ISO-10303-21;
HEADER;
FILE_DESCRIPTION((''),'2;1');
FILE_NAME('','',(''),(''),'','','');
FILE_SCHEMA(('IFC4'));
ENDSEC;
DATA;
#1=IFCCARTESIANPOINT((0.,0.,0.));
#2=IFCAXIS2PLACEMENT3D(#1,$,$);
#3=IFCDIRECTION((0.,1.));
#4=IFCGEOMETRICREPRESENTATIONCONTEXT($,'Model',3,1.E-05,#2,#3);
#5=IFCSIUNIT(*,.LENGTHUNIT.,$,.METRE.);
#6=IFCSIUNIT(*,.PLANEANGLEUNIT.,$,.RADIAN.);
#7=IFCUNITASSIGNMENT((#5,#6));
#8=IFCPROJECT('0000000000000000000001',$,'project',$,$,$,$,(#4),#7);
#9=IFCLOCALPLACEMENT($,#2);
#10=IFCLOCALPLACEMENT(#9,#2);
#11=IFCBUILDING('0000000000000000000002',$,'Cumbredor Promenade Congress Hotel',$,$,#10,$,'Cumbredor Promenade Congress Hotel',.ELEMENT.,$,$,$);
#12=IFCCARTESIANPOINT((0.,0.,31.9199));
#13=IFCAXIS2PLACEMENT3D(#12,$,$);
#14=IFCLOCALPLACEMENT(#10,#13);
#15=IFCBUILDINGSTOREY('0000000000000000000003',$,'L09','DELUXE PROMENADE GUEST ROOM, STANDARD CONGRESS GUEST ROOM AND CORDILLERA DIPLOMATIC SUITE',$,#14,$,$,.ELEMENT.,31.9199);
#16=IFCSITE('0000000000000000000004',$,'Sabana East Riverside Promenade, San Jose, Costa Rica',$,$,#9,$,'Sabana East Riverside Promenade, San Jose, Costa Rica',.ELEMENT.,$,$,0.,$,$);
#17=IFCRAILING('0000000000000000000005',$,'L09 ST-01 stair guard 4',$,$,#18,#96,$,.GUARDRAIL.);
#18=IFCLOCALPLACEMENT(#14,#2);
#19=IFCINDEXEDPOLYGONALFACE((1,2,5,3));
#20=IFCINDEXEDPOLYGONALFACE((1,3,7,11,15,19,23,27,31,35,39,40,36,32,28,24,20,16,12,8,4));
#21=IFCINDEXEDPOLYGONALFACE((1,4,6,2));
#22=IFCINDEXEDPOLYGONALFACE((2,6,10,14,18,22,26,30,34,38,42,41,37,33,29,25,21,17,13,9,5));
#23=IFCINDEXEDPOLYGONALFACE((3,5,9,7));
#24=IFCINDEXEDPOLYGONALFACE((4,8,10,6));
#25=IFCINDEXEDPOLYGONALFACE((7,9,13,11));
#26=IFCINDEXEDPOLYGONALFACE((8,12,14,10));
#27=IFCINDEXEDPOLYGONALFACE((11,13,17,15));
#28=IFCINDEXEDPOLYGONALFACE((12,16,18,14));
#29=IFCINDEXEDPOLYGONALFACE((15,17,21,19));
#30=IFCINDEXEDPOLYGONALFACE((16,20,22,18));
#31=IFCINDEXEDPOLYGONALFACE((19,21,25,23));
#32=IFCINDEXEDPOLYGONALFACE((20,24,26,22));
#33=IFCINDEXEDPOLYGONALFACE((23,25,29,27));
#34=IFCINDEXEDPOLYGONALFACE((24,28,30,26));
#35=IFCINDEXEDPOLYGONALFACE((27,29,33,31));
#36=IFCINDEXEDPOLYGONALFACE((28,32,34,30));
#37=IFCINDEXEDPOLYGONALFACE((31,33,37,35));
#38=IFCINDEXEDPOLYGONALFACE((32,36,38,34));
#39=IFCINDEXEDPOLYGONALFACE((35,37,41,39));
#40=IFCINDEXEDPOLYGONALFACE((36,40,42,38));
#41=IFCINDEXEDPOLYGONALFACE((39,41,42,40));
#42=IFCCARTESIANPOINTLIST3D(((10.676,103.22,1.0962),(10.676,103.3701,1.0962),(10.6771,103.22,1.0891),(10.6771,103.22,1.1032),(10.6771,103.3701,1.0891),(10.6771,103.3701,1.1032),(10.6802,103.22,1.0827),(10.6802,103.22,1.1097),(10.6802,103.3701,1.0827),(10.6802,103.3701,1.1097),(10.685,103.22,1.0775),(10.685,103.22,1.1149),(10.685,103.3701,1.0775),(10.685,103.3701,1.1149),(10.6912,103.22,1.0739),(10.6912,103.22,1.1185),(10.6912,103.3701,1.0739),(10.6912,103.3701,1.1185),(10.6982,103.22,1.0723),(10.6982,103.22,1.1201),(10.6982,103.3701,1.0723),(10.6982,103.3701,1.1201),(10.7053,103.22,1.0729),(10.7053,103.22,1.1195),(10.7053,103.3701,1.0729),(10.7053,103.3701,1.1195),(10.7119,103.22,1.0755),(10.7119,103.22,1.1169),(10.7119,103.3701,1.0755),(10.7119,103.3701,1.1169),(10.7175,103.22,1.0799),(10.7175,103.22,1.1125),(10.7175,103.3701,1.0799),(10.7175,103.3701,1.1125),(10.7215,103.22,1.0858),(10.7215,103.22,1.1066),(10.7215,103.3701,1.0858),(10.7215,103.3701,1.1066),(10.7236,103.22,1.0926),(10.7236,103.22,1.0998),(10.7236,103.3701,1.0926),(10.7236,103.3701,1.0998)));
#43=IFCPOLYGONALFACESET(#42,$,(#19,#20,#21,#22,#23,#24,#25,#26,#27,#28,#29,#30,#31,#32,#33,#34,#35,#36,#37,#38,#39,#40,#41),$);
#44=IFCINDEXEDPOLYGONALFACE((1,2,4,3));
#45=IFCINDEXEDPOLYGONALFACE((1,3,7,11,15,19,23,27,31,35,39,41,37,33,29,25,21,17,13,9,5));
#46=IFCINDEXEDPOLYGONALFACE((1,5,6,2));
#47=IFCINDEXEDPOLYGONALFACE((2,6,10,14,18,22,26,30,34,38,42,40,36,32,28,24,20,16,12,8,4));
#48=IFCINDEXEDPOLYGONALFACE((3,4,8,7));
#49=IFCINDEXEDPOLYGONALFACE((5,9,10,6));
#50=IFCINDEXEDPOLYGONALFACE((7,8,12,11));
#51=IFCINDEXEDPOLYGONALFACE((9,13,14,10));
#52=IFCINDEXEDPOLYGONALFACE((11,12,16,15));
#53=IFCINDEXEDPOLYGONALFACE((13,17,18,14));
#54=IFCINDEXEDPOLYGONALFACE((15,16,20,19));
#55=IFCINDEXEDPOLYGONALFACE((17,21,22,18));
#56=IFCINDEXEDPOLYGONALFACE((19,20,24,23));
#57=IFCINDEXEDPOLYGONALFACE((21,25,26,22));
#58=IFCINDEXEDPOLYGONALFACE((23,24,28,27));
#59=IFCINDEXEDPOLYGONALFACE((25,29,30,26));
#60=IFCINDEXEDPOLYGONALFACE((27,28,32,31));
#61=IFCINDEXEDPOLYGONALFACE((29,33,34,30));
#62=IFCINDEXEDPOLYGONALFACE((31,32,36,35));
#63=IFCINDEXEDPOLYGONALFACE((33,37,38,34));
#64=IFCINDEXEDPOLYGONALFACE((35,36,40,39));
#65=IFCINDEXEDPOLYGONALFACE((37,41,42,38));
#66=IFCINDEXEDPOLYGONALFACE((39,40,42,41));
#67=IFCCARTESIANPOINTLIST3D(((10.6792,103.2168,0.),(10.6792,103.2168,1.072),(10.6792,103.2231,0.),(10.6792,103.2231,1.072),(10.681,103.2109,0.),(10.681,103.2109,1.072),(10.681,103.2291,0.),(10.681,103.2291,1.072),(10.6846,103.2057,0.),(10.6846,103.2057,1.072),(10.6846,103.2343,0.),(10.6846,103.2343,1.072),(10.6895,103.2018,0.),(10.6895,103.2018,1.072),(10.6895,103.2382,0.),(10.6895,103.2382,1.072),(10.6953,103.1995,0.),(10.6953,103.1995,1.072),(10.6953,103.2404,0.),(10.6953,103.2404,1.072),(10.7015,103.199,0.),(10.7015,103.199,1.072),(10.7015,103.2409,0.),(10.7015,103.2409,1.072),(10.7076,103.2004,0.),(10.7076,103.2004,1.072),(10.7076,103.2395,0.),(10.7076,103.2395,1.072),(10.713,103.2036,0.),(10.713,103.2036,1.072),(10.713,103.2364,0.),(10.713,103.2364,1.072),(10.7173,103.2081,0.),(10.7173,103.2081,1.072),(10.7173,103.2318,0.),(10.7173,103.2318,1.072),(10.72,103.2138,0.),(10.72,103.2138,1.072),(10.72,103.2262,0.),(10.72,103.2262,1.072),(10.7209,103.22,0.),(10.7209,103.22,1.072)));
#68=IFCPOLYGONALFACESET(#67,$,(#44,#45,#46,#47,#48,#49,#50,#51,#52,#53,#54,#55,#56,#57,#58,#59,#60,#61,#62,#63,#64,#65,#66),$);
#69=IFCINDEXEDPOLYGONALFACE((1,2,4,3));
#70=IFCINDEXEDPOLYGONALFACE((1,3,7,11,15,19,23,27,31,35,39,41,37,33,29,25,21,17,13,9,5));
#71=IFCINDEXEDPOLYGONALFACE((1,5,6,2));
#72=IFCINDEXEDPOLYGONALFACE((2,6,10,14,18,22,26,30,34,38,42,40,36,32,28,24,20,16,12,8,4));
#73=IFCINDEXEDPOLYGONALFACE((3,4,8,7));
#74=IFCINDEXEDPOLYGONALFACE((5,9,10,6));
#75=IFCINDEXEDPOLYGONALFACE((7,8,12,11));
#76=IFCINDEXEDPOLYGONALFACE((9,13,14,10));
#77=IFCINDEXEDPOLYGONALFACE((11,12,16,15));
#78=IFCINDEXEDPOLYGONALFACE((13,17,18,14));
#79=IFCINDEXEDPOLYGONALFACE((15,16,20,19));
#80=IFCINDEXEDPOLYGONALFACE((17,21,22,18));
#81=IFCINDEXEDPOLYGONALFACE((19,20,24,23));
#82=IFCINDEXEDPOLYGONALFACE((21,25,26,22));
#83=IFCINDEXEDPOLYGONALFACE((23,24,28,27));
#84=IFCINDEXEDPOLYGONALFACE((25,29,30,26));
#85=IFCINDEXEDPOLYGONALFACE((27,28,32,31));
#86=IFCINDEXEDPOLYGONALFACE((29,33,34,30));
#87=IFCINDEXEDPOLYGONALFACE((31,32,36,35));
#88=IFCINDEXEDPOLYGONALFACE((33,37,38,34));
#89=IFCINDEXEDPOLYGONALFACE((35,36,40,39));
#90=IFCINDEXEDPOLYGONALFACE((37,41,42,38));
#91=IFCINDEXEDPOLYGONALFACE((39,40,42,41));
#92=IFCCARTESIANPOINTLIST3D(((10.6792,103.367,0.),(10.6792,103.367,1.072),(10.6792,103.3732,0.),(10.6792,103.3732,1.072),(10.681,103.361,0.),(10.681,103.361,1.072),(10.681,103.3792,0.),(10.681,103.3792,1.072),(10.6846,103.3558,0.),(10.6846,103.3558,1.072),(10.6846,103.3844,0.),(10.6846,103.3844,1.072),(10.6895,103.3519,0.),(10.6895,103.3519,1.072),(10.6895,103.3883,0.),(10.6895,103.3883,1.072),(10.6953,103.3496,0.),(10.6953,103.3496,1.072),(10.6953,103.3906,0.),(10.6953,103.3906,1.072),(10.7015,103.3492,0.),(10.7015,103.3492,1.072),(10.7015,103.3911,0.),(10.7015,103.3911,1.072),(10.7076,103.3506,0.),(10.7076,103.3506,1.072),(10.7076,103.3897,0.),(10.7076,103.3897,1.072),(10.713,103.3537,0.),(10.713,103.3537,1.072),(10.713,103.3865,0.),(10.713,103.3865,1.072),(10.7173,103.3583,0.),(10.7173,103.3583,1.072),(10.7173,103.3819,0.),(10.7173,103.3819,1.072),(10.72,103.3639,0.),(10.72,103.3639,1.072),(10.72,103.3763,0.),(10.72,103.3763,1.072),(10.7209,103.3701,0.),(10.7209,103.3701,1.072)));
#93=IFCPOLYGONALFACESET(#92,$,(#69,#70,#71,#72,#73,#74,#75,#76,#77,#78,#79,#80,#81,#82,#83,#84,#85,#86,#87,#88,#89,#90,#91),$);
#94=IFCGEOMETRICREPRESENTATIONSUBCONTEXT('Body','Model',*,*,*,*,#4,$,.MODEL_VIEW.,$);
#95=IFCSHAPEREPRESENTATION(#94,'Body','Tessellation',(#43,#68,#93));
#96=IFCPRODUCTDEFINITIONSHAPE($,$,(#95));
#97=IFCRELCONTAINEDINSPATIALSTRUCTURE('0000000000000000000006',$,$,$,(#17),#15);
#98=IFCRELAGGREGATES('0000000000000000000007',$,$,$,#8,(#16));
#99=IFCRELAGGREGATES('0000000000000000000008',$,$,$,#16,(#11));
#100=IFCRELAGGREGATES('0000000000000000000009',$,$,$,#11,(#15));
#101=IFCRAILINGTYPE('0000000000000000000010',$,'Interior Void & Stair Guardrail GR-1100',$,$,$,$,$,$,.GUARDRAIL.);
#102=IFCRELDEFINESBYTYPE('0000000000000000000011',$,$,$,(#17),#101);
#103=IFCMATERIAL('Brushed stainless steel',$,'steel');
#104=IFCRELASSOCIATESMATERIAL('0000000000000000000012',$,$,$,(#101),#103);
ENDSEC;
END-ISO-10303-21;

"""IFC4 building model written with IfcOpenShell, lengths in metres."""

from ifc_helpers import new_model, si_unit, direction, frame, origin, origin_2d, place, context, subcontext, project, spatial, circle, extrude, material, type_object, element, save


model = new_model("IFC4")

# Units and contexts
model_context = context("Model", 3, precision=1e-05, world=origin(), true_north=direction((0.0, 1.0)))
body_context = subcontext(model_context, "Body", "Model", "MODEL_VIEW")
ifc_project = project(units=[si_unit("LENGTHUNIT", "METRE"), si_unit("PLANEANGLEUNIT", "RADIAN")], contexts=[model_context])

# Site, building, storey
site_placement = place(None, origin())
site = spatial("IfcSite", under=ifc_project, at=site_placement, Name="Sabana East Riverside Promenade, San Jose, Costa Rica", LongName="Sabana East Riverside Promenade, San Jose, Costa Rica", CompositionType="ELEMENT", RefElevation=0.0)
building_placement = place(site_placement, origin())
building = spatial("IfcBuilding", under=site, at=building_placement, Name="Cumbredor Promenade Congress Hotel", LongName="Cumbredor Promenade Congress Hotel", CompositionType="ELEMENT")
storey_placement = place(building_placement, frame((0.0, 0.0, 31.9199)))
storey = spatial("IfcBuildingStorey", under=building, at=storey_placement, Name="L09", Description="DELUXE PROMENADE GUEST ROOM, STANDARD CONGRESS GUEST ROOM AND CORDILLERA DIPLOMATIC SUITE", CompositionType="ELEMENT", Elevation=31.9199)

# Railing
ifc_material_1 = material(Name="Brushed stainless steel", Category="steel")
railing_type_1 = type_object("IfcRailingType", Name="Interior Void & Stair Guardrail GR-1100", PredefinedType="GUARDRAIL", material=ifc_material_1)
railing_1_placement = place(storey_placement, frame((10.7, 103.22, 0.0)))
element("IfcRailing", 1, at=railing_1_placement, inside=storey, type_object=railing_type_1, Name="L09 ST-01 stair guard 4", PredefinedType="GUARDRAIL", context=body_context, shape_type="SweptSolid", body=[
    extrude(circle(Radius=0.0239, at=origin_2d()), frame((0.0, 0.0, 1.0962), z_axis=(0.0, 1.0, 0.0), x_axis=(-1.0, 0.0, 0.0)), (0.0, 0.0, 1.0), 0.1501),
    extrude(circle(Radius=0.021, at=origin_2d()), origin(), (0.0, 0.0, 1.0), 1.072),
    extrude(circle(Radius=0.021, at=origin_2d()), frame((0.0, 0.1501, 0.0)), (0.0, 0.0, 1.0), 1.072),
])

save(model, "model.ifc")
